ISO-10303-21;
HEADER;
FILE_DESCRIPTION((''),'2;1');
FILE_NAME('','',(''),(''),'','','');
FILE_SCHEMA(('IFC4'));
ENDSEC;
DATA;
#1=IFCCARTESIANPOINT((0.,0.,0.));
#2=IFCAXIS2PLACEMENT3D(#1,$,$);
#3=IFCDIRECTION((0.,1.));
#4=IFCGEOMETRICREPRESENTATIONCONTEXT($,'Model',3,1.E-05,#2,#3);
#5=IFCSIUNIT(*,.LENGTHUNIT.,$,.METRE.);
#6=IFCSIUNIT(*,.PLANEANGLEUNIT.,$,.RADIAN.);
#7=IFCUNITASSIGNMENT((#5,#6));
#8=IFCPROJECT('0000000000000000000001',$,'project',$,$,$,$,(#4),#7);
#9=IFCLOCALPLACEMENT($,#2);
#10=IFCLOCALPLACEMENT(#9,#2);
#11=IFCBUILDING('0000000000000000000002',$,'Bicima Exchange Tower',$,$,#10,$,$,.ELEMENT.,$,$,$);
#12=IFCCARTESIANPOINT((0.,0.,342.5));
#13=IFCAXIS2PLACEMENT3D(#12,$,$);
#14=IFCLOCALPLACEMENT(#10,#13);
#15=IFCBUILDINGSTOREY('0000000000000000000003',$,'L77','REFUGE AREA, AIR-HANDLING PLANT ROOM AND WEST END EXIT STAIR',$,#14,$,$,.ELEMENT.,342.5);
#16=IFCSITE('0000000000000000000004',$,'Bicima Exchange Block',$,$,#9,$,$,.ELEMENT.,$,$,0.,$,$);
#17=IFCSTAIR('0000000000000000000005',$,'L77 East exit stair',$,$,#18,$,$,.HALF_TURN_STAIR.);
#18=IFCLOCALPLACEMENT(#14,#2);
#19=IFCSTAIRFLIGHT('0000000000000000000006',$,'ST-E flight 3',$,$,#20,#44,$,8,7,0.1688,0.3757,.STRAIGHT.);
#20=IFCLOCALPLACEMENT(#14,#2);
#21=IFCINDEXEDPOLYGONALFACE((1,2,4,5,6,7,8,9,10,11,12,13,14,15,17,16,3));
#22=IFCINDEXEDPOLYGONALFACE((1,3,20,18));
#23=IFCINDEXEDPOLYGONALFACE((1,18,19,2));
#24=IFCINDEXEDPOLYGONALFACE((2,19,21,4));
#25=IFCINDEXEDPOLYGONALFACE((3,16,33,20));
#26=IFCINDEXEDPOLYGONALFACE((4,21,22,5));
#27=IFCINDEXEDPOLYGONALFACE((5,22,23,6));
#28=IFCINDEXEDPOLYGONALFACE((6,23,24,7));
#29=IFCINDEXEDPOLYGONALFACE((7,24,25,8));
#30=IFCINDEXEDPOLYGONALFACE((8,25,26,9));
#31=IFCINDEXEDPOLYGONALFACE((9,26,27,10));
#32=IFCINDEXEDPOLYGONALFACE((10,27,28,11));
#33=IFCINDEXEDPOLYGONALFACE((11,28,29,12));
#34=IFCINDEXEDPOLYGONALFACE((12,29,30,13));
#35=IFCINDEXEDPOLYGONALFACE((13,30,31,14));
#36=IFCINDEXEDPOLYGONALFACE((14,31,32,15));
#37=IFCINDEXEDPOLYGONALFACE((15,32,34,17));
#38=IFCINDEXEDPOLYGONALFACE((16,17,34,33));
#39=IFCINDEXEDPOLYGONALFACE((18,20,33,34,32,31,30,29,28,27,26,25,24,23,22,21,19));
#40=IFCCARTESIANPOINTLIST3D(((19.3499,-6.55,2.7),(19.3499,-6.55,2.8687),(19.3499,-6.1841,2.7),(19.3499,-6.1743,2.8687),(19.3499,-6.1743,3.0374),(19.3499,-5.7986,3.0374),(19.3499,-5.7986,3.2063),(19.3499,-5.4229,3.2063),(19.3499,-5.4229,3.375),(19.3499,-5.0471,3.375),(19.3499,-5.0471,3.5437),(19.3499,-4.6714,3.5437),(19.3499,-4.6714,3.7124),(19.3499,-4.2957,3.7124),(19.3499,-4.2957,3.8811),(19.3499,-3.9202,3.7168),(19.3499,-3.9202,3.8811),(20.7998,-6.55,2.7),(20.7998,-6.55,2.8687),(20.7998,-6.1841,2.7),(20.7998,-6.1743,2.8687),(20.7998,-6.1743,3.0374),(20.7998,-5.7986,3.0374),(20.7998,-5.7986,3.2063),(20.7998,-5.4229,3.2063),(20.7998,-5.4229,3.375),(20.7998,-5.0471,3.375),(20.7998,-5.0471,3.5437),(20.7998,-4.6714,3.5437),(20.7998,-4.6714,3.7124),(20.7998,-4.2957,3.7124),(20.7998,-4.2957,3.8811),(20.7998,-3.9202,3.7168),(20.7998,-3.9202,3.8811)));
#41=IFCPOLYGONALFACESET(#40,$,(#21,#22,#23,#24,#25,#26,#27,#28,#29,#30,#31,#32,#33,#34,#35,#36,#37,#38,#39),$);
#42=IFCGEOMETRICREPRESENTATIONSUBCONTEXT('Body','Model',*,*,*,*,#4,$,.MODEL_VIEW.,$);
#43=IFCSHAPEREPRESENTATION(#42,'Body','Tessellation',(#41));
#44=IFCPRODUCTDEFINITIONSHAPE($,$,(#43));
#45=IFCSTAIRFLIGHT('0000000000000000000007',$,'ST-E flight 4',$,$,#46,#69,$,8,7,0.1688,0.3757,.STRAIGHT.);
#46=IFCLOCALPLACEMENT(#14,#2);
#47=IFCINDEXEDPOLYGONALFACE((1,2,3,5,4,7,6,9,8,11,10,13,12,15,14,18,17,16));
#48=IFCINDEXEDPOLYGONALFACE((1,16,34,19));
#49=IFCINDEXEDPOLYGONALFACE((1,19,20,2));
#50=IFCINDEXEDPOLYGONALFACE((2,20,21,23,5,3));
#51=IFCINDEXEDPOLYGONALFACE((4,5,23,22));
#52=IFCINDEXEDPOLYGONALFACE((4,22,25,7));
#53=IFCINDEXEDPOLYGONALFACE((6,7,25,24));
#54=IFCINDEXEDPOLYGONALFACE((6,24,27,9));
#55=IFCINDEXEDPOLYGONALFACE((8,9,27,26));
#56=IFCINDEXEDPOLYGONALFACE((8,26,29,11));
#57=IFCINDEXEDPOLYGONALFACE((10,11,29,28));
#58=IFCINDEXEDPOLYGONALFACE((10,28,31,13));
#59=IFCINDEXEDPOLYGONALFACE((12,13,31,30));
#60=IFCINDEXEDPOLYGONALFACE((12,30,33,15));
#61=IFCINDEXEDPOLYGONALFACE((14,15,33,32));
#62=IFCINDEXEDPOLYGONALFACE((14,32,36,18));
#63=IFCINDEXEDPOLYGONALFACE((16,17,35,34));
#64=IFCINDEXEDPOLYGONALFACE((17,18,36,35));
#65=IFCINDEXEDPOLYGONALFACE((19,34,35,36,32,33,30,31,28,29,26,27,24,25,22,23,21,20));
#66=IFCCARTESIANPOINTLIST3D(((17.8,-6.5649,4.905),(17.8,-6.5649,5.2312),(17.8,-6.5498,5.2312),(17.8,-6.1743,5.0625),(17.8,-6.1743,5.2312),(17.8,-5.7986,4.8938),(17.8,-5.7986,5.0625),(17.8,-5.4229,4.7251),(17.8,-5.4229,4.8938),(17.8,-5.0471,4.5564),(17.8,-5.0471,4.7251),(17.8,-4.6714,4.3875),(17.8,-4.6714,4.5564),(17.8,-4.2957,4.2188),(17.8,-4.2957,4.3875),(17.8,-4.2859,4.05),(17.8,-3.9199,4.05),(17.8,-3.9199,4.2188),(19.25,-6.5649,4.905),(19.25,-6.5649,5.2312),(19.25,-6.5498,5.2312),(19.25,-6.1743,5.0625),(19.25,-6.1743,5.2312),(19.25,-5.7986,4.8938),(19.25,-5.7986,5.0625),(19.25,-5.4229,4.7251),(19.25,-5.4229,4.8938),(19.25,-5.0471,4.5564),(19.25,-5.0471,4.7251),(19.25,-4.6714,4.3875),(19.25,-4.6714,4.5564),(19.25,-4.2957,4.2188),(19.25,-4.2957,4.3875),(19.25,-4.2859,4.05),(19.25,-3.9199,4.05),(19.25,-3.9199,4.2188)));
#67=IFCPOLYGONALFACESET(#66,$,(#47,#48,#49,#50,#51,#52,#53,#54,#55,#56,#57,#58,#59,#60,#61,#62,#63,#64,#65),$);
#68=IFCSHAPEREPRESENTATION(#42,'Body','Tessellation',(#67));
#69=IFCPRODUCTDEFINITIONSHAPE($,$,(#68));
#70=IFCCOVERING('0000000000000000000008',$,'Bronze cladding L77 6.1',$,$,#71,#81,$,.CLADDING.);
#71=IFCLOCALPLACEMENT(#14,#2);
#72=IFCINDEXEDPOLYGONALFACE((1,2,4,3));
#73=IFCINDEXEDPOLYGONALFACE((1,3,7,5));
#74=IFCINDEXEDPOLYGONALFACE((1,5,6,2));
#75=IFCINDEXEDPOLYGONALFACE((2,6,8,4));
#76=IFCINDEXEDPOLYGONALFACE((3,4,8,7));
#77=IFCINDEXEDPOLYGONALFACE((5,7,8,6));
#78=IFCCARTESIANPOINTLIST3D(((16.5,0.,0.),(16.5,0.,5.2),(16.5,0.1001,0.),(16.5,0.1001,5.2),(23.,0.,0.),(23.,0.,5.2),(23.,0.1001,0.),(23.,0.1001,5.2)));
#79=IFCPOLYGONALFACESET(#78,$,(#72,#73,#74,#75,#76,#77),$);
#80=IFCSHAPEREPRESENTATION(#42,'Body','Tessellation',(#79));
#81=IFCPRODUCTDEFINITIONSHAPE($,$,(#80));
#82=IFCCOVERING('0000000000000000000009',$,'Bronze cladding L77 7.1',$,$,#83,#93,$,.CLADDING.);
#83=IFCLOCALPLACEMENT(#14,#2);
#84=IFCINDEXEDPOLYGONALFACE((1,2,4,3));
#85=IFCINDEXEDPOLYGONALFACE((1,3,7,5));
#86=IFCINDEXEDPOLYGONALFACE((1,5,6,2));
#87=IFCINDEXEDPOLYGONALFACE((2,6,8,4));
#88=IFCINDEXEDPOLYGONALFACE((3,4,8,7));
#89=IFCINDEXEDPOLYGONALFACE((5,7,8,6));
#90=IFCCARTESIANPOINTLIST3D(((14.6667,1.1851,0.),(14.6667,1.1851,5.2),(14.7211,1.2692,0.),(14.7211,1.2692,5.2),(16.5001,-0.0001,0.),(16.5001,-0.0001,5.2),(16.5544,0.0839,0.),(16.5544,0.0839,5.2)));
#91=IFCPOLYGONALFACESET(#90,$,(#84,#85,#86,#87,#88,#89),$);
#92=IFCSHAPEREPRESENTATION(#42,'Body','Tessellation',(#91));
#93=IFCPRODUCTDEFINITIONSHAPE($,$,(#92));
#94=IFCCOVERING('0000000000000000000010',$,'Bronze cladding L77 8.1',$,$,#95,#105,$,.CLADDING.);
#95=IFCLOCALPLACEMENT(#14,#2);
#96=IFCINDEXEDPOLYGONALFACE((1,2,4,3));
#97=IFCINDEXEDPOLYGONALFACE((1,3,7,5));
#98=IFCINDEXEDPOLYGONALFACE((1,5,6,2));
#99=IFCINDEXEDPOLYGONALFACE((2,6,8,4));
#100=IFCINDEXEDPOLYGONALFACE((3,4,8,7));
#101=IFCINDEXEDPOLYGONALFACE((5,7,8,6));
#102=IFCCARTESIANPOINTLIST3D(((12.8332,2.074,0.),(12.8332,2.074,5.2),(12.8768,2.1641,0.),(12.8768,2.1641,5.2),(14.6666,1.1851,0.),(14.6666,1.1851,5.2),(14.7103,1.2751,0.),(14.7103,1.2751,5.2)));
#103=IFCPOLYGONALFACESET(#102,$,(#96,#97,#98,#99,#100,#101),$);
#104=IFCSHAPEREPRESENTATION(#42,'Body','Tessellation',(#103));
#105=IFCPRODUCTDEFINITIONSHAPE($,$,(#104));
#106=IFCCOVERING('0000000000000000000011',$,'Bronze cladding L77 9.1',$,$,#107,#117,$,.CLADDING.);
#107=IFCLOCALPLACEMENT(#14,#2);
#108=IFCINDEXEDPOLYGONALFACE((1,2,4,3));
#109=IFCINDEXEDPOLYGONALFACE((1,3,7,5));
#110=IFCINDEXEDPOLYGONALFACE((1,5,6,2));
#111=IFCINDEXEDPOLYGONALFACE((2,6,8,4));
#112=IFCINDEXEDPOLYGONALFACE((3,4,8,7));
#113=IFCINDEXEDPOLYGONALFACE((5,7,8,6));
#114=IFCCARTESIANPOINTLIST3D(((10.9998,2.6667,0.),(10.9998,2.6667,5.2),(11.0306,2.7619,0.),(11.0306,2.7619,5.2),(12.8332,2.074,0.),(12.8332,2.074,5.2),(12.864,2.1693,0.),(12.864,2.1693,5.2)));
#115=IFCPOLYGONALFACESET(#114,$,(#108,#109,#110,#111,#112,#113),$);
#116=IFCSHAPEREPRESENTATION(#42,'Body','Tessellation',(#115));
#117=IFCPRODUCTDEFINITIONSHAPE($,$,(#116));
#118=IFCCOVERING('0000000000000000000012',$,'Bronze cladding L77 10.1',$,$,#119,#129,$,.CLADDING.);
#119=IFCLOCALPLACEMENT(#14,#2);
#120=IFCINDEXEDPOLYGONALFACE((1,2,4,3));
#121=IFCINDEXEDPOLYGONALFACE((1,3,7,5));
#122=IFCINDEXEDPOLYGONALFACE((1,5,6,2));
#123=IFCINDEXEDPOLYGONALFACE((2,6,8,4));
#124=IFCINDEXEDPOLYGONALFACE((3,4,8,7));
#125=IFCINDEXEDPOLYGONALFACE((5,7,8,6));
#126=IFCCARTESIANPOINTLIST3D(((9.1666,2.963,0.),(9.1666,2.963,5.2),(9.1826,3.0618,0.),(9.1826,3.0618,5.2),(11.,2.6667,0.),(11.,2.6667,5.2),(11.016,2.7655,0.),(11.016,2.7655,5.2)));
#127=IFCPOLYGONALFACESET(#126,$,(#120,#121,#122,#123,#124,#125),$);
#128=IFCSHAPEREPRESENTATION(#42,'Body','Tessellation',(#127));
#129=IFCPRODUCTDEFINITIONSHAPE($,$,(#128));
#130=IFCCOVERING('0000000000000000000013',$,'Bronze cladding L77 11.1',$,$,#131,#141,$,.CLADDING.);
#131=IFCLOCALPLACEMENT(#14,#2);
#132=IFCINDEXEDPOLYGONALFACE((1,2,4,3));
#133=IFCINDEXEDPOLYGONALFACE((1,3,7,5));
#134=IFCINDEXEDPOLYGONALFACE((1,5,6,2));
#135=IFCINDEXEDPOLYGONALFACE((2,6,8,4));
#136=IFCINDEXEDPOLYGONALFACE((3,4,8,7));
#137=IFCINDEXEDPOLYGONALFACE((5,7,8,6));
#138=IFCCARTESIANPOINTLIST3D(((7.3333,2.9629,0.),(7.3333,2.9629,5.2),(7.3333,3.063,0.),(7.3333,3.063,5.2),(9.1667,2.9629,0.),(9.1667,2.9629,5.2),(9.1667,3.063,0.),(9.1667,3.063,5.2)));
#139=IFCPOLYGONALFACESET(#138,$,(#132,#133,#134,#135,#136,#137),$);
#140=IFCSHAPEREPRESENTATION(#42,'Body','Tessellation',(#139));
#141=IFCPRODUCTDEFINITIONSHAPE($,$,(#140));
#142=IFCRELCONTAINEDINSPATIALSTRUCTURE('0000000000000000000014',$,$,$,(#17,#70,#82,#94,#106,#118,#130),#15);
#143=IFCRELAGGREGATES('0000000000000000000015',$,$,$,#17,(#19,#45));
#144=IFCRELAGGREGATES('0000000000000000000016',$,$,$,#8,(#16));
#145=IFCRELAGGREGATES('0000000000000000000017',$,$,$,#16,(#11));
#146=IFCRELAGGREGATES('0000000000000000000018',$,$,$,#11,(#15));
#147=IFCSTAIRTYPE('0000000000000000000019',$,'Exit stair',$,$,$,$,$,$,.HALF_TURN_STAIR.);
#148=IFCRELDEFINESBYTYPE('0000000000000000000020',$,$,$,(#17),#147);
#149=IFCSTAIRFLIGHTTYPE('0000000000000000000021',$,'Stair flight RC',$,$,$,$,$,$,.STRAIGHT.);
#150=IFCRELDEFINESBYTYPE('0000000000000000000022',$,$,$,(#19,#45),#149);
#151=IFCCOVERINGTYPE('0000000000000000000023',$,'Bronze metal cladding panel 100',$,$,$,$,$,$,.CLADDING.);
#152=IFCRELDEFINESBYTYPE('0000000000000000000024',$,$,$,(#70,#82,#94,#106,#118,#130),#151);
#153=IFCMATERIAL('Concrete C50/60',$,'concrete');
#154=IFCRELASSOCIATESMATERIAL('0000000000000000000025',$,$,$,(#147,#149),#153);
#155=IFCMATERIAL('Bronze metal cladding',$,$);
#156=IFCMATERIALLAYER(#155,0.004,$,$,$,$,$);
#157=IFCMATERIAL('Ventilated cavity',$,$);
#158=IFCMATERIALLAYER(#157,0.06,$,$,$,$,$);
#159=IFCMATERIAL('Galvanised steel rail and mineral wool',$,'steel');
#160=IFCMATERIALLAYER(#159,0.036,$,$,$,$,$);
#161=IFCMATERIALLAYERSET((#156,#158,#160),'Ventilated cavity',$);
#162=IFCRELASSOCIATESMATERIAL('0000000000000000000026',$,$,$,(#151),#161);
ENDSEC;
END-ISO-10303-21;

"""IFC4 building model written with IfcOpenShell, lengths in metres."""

from ifc_helpers import new_model, si_unit, direction, frame, origin, origin_2d, place, context, subcontext, project, spatial, polyline, rectangle, outline, extrude, material, layer, layer_set, type_object, element, aggregate, save


model = new_model("IFC4")

# Units and contexts
model_context = context("Model", 3, precision=1e-05, world=origin(), true_north=direction((0.0, 1.0)))
body_context = subcontext(model_context, "Body", "Model", "MODEL_VIEW")
ifc_project = project(units=[si_unit("LENGTHUNIT", "METRE"), si_unit("PLANEANGLEUNIT", "RADIAN")], contexts=[model_context])

# Site, building, storey
site_placement = place(None, origin())
site = spatial("IfcSite", under=ifc_project, at=site_placement, Name="Bicima Exchange Block", CompositionType="ELEMENT", RefElevation=0.0)
building_placement = place(site_placement, origin())
building = spatial("IfcBuilding", under=site, at=building_placement, Name="Bicima Exchange Tower", CompositionType="ELEMENT")
storey_placement = place(building_placement, frame((0.0, 0.0, 342.5)))
storey = spatial("IfcBuildingStorey", under=building, at=storey_placement, Name="L77", Description="REFUGE AREA, AIR-HANDLING PLANT ROOM AND WEST END EXIT STAIR", CompositionType="ELEMENT", Elevation=342.5)

# Shared definitions
ifc_material_1 = material(Name="Concrete C50/60", Category="concrete")

# Stair, stair flights
stair_type = type_object("IfcStairType", Name="Exit stair", PredefinedType="HALF_TURN_STAIR", material=ifc_material_1)
stair_placement = place(storey_placement, origin())
stair = element("IfcStair", 1, at=stair_placement, inside=storey, type_object=stair_type, Name="L77 East exit stair", PredefinedType="HALF_TURN_STAIR")
stair_flight_type = type_object("IfcStairFlightType", Name="Stair flight RC", PredefinedType="STRAIGHT", material=ifc_material_1)
stair_flight_1_placement = place(storey_placement, frame((20.075, -6.55, 2.7), z_axis=(0.0, 0.0, 1.0), x_axis=(0.0, 1.0, 0.0)))
stair_flight_1 = element("IfcStairFlight", 2, at=stair_flight_1_placement, type_object=stair_flight_type, Name="ST-E flight 3", NumberOfRisers=8, NumberOfTreads=7, PredefinedType="STRAIGHT", RiserHeight=0.1688, TreadLength=0.3757, context=body_context, shape_type="SweptSolid", body=[
    extrude(outline(polyline([(0.0, 0.0), (0.0, 0.1687), (0.3757, 0.1687), (0.3757, 0.3374), (0.7515, 0.3374), (0.7515, 0.5063), (1.1272, 0.5063), (1.1272, 0.675), (1.5029, 0.675), (1.5029, 0.8438), (1.8787, 0.8438), (1.8787, 1.0125), (2.2544, 1.0125), (2.2544, 1.1812), (2.6299, 1.1812), (2.6299, 1.3501), (2.6299, 1.0168), (0.366, 0.0), (0.0, 0.0)])), frame((0.0, 0.7251, 0.0), z_axis=(0.0, -1.0, 0.0), x_axis=(1.0, 0.0, 0.0)), (0.0, 0.0, 1.0), 1.45),
])
stair_flight_2_placement = place(storey_placement, frame((18.5249, -3.9199, 4.05), z_axis=(0.0, 0.0, 1.0), x_axis=(0.0, -1.0, 0.0)))
stair_flight_2 = element("IfcStairFlight", 3, at=stair_flight_2_placement, type_object=stair_flight_type, Name="ST-E flight 4", NumberOfRisers=8, NumberOfTreads=7, PredefinedType="STRAIGHT", RiserHeight=0.1688, TreadLength=0.3757, context=body_context, shape_type="SweptSolid", body=[
    extrude(outline(polyline([(0.0, 0.0), (0.0, 0.1687), (0.3757, 0.1687), (0.3757, 0.3374), (0.7515, 0.3374), (0.7515, 0.5063), (1.1272, 0.5063), (1.1272, 0.675), (1.5029, 0.675), (1.5029, 0.8438), (1.8787, 0.8438), (1.8787, 1.0125), (2.2544, 1.0125), (2.2544, 1.1812), (2.6299, 1.1812), (2.645, 1.1812), (2.645, 0.855), (0.366, 0.0), (0.0, 0.0)])), frame((0.0, 0.7251, 0.0), z_axis=(0.0, -1.0, 0.0), x_axis=(1.0, 0.0, 0.0)), (0.0, 0.0, 1.0), 1.45),
])
aggregate(stair, [stair_flight_1, stair_flight_2])

# Coverings
ifc_material_2 = material(Name="Bronze metal cladding")
ifc_layer_1 = layer(ifc_material_2, 0.004)
ifc_material_3 = material(Name="Ventilated cavity")
ifc_layer_2 = layer(ifc_material_3, 0.06)
ifc_material_4 = material(Name="Galvanised steel rail and mineral wool", Category="steel")
ifc_layer_3 = layer(ifc_material_4, 0.036)
ifc_layer_set_1 = layer_set([ifc_layer_1, ifc_layer_2, ifc_layer_3], Name="Ventilated cavity")
covering_type = type_object("IfcCoveringType", Name="Bronze metal cladding panel 100", PredefinedType="CLADDING", material=ifc_layer_set_1)
covering_1_placement = place(storey_placement, frame((19.75, 0.05, 0.0), z_axis=(0.0, 0.0, 1.0), x_axis=(-1.0, 0.0, 0.0)))
element("IfcCovering", 4, at=covering_1_placement, inside=storey, type_object=covering_type, Name="Bronze cladding L77 6.1", PredefinedType="CLADDING", context=body_context, shape_type="SweptSolid", body=[
    extrude(rectangle(XDim=6.5, YDim=0.1001, at=origin_2d()), origin(), (0.0, 0.0, 1.0), 5.2),
])
covering_2_placement = place(storey_placement, frame((15.6106, 0.6345, 0.0), z_axis=(0.0, 0.0, 1.0), x_axis=(-0.83979, 0.542911, 0.0)))
element("IfcCovering", 5, at=covering_2_placement, inside=storey, type_object=covering_type, Name="Bronze cladding L77 7.1", PredefinedType="CLADDING", context=body_context, shape_type="SweptSolid", body=[
    extrude(rectangle(XDim=2.1831, YDim=0.1001, at=origin_2d()), origin(), (0.0, 0.0, 1.0), 5.2),
])
covering_3_placement = place(storey_placement, frame((13.7717, 1.6746, 0.0), z_axis=(0.0, 0.0, 1.0), x_axis=(-0.899818, 0.436265, 0.0)))
element("IfcCovering", 6, at=covering_3_placement, inside=storey, type_object=covering_type, Name="Bronze cladding L77 8.1", PredefinedType="CLADDING", context=body_context, shape_type="SweptSolid", body=[
    extrude(rectangle(XDim=2.0376, YDim=0.1001, at=origin_2d()), origin(), (0.0, 0.0, 1.0), 5.2),
])
covering_4_placement = place(storey_placement, frame((11.9319, 2.418, 0.0), z_axis=(0.0, 0.0, 1.0), x_axis=(-0.951525, 0.307573, 0.0)))
element("IfcCovering", 7, at=covering_4_placement, inside=storey, type_object=covering_type, Name="Bronze cladding L77 9.1", PredefinedType="CLADDING", context=body_context, shape_type="SweptSolid", body=[
    extrude(rectangle(XDim=1.9268, YDim=0.1001, at=origin_2d()), origin(), (0.0, 0.0, 1.0), 5.2),
])
covering_5_placement = place(storey_placement, frame((10.0913, 2.8643, 0.0), z_axis=(0.0, 0.0, 1.0), x_axis=(-0.98719, 0.15955, 0.0)))
element("IfcCovering", 8, at=covering_5_placement, inside=storey, type_object=covering_type, Name="Bronze cladding L77 10.1", PredefinedType="CLADDING", context=body_context, shape_type="SweptSolid", body=[
    extrude(rectangle(XDim=1.8572, YDim=0.1001, at=origin_2d()), origin(), (0.0, 0.0, 1.0), 5.2),
])
covering_6_placement = place(storey_placement, frame((8.25, 3.0129, 0.0), z_axis=(0.0, 0.0, 1.0), x_axis=(-1.0, 0.0, 0.0)))
element("IfcCovering", 9, at=covering_6_placement, inside=storey, type_object=covering_type, Name="Bronze cladding L77 11.1", PredefinedType="CLADDING", context=body_context, shape_type="SweptSolid", body=[
    extrude(rectangle(XDim=1.8335, YDim=0.1001, at=origin_2d()), origin(), (0.0, 0.0, 1.0), 5.2),
])

save(model, "model.ifc")
